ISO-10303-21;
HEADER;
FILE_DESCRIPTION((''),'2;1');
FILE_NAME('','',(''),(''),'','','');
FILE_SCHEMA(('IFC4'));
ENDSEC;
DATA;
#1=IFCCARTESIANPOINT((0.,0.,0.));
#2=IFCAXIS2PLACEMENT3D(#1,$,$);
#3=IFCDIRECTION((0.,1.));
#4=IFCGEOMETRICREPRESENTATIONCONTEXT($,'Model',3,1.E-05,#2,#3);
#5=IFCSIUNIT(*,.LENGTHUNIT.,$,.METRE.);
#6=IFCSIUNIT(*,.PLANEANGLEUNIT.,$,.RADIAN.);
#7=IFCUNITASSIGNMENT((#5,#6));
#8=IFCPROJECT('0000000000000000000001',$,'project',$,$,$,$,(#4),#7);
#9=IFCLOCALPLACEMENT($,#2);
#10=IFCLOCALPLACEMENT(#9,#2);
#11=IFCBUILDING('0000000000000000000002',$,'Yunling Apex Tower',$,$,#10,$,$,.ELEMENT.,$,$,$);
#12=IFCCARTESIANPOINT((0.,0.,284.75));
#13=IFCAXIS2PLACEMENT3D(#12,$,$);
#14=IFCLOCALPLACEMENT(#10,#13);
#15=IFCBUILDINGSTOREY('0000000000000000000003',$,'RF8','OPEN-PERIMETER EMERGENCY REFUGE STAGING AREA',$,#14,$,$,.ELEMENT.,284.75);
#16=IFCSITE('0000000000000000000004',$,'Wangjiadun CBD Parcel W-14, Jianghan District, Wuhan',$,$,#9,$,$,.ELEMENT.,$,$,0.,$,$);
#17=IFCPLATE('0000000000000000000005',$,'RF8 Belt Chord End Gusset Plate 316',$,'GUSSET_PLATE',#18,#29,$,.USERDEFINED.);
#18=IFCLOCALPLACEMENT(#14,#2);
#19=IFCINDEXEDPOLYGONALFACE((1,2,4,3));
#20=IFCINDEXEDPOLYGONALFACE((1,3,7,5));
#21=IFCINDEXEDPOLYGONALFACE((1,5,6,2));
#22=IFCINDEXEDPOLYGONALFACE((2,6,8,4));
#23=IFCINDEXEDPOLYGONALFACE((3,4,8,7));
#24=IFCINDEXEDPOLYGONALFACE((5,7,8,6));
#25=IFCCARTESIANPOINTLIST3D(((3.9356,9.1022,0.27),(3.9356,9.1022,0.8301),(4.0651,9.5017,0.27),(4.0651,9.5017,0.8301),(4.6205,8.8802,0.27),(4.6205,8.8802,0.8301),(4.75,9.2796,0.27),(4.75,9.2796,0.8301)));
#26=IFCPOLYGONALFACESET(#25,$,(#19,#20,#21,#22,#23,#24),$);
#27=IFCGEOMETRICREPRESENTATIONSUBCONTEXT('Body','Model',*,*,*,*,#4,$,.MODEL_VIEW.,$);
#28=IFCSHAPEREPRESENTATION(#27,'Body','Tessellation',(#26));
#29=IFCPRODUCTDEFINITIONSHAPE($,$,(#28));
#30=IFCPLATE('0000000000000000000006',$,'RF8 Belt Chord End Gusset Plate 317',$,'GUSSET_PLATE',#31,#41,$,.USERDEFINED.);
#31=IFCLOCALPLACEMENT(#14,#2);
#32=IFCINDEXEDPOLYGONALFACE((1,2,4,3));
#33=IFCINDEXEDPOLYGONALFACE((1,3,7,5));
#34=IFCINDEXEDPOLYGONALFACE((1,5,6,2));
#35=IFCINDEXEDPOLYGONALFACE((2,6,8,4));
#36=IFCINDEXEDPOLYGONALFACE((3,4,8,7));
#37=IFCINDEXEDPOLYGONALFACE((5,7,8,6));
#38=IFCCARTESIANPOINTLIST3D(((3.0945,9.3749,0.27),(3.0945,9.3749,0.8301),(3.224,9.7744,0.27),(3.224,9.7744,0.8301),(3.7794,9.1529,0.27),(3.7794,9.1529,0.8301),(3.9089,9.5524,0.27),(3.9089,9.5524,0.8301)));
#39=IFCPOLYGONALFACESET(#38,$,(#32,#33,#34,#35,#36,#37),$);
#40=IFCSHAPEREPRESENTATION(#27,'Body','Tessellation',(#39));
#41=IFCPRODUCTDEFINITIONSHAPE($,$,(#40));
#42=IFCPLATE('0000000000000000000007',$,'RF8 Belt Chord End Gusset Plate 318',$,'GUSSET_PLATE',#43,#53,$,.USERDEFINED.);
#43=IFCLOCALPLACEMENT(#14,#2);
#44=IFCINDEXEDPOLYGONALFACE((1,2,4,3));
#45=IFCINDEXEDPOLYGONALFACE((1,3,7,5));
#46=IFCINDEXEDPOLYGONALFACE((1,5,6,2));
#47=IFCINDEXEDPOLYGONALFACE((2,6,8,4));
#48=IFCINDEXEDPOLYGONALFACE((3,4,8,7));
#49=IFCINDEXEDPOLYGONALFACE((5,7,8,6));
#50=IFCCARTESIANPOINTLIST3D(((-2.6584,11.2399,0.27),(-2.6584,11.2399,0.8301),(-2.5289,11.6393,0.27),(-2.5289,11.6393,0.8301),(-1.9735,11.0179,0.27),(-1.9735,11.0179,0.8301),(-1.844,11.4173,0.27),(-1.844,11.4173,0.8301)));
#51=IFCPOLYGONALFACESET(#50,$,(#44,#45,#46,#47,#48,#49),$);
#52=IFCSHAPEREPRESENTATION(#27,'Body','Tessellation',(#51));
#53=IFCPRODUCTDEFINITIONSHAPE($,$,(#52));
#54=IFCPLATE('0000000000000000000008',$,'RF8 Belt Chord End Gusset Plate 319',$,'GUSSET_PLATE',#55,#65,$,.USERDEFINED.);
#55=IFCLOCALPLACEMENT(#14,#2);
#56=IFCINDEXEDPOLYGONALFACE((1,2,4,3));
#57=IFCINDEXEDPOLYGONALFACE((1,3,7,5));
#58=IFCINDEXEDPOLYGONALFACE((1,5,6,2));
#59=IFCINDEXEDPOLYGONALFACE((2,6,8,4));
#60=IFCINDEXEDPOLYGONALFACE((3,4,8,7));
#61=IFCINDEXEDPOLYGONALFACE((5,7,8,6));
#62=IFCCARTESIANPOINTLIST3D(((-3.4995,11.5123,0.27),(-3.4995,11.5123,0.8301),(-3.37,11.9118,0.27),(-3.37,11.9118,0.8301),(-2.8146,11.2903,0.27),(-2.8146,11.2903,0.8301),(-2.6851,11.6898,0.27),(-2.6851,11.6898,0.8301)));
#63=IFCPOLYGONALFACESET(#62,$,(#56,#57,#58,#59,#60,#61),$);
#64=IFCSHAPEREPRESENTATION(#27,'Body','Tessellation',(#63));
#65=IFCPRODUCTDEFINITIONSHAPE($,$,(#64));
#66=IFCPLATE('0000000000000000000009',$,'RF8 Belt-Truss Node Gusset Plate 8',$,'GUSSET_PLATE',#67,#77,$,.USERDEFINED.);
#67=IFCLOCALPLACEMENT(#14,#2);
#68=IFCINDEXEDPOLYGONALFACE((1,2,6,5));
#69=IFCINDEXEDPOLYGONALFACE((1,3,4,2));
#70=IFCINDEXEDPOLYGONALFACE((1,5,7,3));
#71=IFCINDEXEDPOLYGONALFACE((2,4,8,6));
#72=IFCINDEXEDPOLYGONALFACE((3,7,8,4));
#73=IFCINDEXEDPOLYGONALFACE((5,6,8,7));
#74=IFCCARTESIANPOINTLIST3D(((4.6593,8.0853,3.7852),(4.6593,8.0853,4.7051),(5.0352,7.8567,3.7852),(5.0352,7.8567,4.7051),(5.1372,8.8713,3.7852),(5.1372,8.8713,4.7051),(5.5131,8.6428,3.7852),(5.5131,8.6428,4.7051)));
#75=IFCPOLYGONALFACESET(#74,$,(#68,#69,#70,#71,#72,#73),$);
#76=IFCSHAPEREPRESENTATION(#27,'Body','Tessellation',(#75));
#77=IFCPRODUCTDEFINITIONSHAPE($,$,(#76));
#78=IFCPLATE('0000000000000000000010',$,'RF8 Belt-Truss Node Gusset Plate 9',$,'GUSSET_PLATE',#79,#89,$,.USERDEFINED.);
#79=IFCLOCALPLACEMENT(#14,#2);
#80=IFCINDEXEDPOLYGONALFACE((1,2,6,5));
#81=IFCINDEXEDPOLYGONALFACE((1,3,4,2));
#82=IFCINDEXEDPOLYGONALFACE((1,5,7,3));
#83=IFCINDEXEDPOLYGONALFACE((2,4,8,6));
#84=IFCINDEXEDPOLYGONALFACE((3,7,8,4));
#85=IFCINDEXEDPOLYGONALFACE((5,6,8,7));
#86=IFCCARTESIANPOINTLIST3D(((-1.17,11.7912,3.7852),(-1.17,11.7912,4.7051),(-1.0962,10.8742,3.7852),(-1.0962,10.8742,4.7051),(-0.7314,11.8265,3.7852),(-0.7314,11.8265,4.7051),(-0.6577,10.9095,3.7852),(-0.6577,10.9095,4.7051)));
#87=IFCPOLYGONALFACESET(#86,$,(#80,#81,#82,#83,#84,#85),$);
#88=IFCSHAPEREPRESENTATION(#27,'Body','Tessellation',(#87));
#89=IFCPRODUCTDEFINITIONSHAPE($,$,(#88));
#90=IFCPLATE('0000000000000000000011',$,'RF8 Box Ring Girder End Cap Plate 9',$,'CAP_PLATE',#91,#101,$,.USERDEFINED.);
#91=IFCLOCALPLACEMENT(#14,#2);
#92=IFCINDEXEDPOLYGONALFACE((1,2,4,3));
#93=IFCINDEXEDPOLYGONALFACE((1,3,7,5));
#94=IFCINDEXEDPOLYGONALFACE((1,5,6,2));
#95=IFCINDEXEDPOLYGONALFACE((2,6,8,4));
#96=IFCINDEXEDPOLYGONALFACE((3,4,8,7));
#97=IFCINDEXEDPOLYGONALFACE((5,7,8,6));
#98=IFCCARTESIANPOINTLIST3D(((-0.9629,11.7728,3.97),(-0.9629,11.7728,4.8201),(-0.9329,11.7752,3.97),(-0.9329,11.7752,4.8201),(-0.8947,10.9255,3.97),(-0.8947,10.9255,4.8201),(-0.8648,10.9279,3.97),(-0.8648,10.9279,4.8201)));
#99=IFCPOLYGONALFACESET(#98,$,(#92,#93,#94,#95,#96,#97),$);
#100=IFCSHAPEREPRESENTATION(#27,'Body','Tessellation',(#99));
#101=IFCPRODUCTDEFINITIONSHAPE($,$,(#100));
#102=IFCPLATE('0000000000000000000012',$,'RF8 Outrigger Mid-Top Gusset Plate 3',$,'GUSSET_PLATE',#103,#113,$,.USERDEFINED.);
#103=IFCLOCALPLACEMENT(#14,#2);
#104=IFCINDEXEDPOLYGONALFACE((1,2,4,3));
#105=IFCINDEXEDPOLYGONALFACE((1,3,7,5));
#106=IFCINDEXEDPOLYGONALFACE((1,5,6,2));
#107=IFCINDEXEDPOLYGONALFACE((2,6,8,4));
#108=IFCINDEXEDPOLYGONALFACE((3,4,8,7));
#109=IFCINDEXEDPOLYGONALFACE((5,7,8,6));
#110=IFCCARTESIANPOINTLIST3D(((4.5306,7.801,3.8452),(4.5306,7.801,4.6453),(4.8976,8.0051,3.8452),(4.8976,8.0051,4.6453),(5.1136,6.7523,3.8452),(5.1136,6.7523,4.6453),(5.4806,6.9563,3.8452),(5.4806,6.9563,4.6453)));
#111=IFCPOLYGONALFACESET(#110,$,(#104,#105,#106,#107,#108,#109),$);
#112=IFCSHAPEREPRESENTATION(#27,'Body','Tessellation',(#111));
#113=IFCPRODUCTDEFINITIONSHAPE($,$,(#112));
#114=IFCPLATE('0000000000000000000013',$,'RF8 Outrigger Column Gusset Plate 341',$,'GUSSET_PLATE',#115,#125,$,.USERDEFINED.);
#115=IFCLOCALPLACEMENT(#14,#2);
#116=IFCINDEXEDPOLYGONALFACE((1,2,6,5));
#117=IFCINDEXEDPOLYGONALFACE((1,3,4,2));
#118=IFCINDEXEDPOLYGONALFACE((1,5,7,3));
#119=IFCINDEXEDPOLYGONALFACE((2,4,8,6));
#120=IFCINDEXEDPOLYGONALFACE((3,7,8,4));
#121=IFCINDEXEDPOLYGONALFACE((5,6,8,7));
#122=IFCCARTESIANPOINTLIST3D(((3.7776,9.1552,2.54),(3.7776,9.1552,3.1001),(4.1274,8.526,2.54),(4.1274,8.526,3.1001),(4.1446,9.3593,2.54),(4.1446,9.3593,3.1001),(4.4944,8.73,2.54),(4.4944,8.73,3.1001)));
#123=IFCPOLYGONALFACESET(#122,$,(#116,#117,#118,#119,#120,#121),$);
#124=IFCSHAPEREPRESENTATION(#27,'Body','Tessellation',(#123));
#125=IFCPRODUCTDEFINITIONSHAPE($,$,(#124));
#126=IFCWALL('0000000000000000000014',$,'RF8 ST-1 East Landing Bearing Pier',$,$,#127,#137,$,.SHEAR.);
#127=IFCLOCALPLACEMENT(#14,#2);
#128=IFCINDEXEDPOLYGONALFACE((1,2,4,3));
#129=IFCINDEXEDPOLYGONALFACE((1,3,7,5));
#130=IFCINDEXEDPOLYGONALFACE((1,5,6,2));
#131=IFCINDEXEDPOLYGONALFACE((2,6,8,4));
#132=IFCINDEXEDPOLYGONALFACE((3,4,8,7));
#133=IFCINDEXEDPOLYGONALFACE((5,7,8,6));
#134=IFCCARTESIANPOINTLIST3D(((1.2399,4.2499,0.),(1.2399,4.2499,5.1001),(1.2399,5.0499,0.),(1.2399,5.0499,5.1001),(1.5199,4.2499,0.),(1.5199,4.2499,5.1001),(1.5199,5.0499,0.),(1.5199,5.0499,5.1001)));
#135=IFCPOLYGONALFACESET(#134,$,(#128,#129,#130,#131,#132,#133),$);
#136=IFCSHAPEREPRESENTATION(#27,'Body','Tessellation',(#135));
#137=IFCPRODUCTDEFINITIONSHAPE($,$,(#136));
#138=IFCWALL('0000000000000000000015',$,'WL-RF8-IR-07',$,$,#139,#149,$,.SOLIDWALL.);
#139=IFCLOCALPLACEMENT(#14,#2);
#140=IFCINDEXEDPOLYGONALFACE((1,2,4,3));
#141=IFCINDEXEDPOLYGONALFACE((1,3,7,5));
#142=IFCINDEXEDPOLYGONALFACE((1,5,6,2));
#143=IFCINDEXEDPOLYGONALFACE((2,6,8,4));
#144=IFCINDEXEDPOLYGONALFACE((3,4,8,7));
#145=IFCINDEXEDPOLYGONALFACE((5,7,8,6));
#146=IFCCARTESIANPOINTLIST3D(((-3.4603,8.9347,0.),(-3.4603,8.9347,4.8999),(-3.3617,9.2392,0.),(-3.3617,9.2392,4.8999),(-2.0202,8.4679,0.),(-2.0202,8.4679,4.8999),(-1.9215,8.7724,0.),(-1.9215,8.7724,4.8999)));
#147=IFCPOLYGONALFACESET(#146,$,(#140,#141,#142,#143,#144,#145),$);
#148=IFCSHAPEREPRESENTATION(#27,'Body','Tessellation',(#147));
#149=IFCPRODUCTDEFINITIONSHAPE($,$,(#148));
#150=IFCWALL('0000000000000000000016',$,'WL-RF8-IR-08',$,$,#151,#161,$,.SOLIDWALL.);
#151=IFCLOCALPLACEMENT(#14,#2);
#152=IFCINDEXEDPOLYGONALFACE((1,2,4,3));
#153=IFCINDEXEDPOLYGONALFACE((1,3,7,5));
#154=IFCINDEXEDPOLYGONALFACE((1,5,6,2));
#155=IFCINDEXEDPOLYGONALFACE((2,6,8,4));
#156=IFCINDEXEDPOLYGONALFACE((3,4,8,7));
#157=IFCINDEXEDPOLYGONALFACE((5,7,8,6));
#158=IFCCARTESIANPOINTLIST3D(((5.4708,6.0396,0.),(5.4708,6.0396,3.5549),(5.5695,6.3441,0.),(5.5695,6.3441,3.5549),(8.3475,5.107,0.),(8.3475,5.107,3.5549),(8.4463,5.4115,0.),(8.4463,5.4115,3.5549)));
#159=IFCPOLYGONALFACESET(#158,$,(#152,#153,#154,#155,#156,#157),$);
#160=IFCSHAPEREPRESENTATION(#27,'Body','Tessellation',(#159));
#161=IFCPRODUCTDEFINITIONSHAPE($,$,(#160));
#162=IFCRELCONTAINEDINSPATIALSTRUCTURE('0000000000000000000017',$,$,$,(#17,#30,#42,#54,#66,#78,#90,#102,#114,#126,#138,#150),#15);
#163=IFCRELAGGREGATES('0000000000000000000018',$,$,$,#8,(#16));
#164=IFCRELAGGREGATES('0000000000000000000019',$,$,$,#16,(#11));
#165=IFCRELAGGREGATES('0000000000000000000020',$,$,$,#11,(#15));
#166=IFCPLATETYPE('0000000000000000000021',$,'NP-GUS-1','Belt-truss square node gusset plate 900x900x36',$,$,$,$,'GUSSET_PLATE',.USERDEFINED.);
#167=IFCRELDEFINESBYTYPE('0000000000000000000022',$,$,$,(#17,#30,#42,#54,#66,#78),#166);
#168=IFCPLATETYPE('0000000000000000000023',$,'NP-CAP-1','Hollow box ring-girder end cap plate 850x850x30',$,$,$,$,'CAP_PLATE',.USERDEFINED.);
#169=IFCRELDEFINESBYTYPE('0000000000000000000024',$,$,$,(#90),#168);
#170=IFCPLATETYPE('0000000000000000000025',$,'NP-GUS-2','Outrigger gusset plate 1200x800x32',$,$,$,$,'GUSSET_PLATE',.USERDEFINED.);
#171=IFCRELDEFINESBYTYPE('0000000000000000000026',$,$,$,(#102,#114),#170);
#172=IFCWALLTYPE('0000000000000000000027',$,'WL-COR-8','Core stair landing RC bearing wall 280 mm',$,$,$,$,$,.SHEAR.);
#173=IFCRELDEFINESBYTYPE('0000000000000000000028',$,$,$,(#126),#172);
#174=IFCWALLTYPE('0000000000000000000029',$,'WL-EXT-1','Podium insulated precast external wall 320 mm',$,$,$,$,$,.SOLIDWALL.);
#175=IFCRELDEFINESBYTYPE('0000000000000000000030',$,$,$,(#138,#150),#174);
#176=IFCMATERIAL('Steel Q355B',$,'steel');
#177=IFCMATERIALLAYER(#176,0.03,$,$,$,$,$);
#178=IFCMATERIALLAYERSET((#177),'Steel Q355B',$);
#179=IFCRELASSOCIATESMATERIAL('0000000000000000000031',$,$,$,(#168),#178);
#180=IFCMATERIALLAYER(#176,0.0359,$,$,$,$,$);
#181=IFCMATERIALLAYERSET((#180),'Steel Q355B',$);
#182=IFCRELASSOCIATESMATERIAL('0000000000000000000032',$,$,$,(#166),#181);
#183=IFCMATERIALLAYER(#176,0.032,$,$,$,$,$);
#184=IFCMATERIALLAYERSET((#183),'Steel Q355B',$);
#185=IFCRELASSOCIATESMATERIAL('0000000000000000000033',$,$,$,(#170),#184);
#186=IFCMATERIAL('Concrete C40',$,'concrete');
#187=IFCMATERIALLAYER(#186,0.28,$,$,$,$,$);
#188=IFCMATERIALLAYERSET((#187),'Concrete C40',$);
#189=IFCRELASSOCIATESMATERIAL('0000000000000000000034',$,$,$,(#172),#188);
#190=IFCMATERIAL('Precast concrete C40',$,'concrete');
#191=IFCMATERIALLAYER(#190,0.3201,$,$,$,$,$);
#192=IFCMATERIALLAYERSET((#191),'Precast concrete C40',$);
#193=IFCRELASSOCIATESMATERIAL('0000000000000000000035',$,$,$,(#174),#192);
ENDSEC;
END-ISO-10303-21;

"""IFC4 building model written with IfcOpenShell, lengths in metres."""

from ifc_helpers import new_model, si_unit, direction, frame, frame_2d, origin, origin_2d, place, context, subcontext, project, spatial, rectangle, extrude, source, transform, mapped, material, layer, layer_set, type_object, element, save


model = new_model("IFC4")

# Units and contexts
model_context = context("Model", 3, precision=1e-05, world=origin(), true_north=direction((0.0, 1.0)))
body_context = subcontext(model_context, "Body", "Model", "MODEL_VIEW")
ifc_project = project(units=[si_unit("LENGTHUNIT", "METRE"), si_unit("PLANEANGLEUNIT", "RADIAN")], contexts=[model_context])

# Site, building, storey
site_placement = place(None, origin())
site = spatial("IfcSite", under=ifc_project, at=site_placement, Name="Wangjiadun CBD Parcel W-14, Jianghan District, Wuhan", CompositionType="ELEMENT", RefElevation=0.0)
building_placement = place(site_placement, origin())
building = spatial("IfcBuilding", under=site, at=building_placement, Name="Yunling Apex Tower", CompositionType="ELEMENT")
storey_placement = place(building_placement, frame((0.0, 0.0, 284.75)))
storey = spatial("IfcBuildingStorey", under=building, at=storey_placement, Name="RF8", Description="OPEN-PERIMETER EMERGENCY REFUGE STAGING AREA", CompositionType="ELEMENT", Elevation=284.75)

# Shared definitions
ifc_material_1 = material(Name="Steel Q355B", Category="steel")

# Plates
ifc_layer_1 = layer(ifc_material_1, 0.03)
ifc_layer_set_1 = layer_set([ifc_layer_1], Name="Steel Q355B")
plate_type_1 = type_object("IfcPlateType", Name="NP-CAP-1", Description="Hollow box ring-girder end cap plate 850x850x30", ElementType="CAP_PLATE", PredefinedType="USERDEFINED", material=ifc_layer_set_1)
ifc_layer_2 = layer(ifc_material_1, 0.0359)
ifc_layer_set_2 = layer_set([ifc_layer_2], Name="Steel Q355B")
plate_type_2 = type_object("IfcPlateType", Name="NP-GUS-1", Description="Belt-truss square node gusset plate 900x900x36", ElementType="GUSSET_PLATE", PredefinedType="USERDEFINED", material=ifc_layer_set_2)
shared_shape_1 = source(origin(), body_context, "Body", "SweptSolid", [
    extrude(rectangle(XDim=0.72, YDim=0.4199, at=origin_2d()), origin(), (0.0, 0.0, 1.0), 0.5601),
])
for number, where, z_axis, x_axis, name in (
    (1, (4.3428, 9.1909, 0.27), (0.0, 0.0, 1.0), (-0.951272, 0.308353, 0.0), "RF8 Belt Chord End Gusset Plate 316"),
    (2, (3.5017, 9.4636, 0.27), (0.0, 0.0, 1.0), (-0.951272, 0.308353, 0.0), "RF8 Belt Chord End Gusset Plate 317"),
    (3, (-2.2512, 11.3286, 0.27), (0.0, 0.0, 1.0), (-0.951272, 0.308353, 0.0), "RF8 Belt Chord End Gusset Plate 318"),
    (4, (-3.0923, 11.6011, 0.27), (0.0, 0.0, 1.0), (-0.951272, 0.308353, 0.0), "RF8 Belt Chord End Gusset Plate 319"),
):
    element("IfcPlate", number, at=place(storey_placement, frame(where, z_axis=z_axis, x_axis=x_axis)), inside=storey, type_object=plate_type_2, Name=name, ObjectType="GUSSET_PLATE", PredefinedType="USERDEFINED", context=body_context, shape_type="MappedRepresentation", body=[
        mapped(shared_shape_1, transform((0.0, 0.0, 0.0), scale=1.0)),
    ])
shared_shape_2 = source(origin(), body_context, "Body", "SweptSolid", [
    extrude(rectangle(XDim=0.9199, YDim=0.4399, at=origin_2d()), origin(), (0.0, 0.0, 1.0), 0.9199),
])
for number, where, z_axis, x_axis, name in (
    (5, (5.0862, 8.364, 3.7852), (0.0, 0.0, 1.0), (0.519519, 0.854459, 0.0), "RF8 Belt-Truss Node Gusset Plate 8"),
    (6, (-0.9138, 11.3503, 3.7852), (0.0, 0.0, 1.0), (-0.080199, 0.996779, 0.0), "RF8 Belt-Truss Node Gusset Plate 9"),
):
    element("IfcPlate", number, at=place(storey_placement, frame(where, z_axis=z_axis, x_axis=x_axis)), inside=storey, type_object=plate_type_2, Name=name, ObjectType="GUSSET_PLATE", PredefinedType="USERDEFINED", context=body_context, shape_type="MappedRepresentation", body=[
        mapped(shared_shape_2, transform((0.0, 0.0, 0.0), scale=1.0)),
    ])
shared_shape_3 = source(origin(), body_context, "Body", "SweptSolid", [
    extrude(rectangle(XDim=0.8501, YDim=0.03, at=origin_2d()), origin(), (0.0, 0.0, 1.0), 0.8501),
])
plate_1_placement = place(storey_placement, frame((-0.9138, 11.3503, 3.97), z_axis=(0.0, 0.0, 1.0), x_axis=(-0.080199, 0.996779, 0.0)))
element("IfcPlate", 7, at=plate_1_placement, inside=storey, type_object=plate_type_1, Name="RF8 Box Ring Girder End Cap Plate 9", ObjectType="CAP_PLATE", PredefinedType="USERDEFINED", context=body_context, shape_type="MappedRepresentation", body=[
    mapped(shared_shape_3, transform((0.0, 0.0, 0.0), scale=1.0)),
])
ifc_layer_3 = layer(ifc_material_1, 0.032)
ifc_layer_set_3 = layer_set([ifc_layer_3], Name="Steel Q355B")
plate_type_3 = type_object("IfcPlateType", Name="NP-GUS-2", Description="Outrigger gusset plate 1200x800x32", ElementType="GUSSET_PLATE", PredefinedType="USERDEFINED", material=ifc_layer_set_3)
shared_shape_4 = source(origin(), body_context, "Body", "SweptSolid", [
    extrude(rectangle(XDim=1.2, YDim=0.4199, at=origin_2d()), origin(), (0.0, 0.0, 1.0), 0.8),
])
plate_2_placement = place(storey_placement, frame((5.0056, 7.3787, 3.8452), z_axis=(0.0, 0.0, 1.0), x_axis=(-0.485878, 0.874027, 0.0)))
element("IfcPlate", 8, at=plate_2_placement, inside=storey, type_object=plate_type_3, Name="RF8 Outrigger Mid-Top Gusset Plate 3", ObjectType="GUSSET_PLATE", PredefinedType="USERDEFINED", context=body_context, shape_type="MappedRepresentation", body=[
    mapped(shared_shape_4, transform((0.0, 0.0, 0.0), scale=1.0)),
])
shared_shape_5 = source(origin(), body_context, "Body", "SweptSolid", [
    extrude(rectangle(XDim=0.72, YDim=0.4199, at=origin_2d()), origin(), (0.0, 0.0, 1.0), 0.5601),
])
plate_3_placement = place(storey_placement, frame((4.136, 8.9426, 2.54), z_axis=(0.0, 0.0, 1.0), x_axis=(-0.485878, 0.874027, 0.0)))
element("IfcPlate", 9, at=plate_3_placement, inside=storey, type_object=plate_type_3, Name="RF8 Outrigger Column Gusset Plate 341", ObjectType="GUSSET_PLATE", PredefinedType="USERDEFINED", context=body_context, shape_type="MappedRepresentation", body=[
    mapped(shared_shape_5, transform((0.0, 0.0, 0.0), scale=1.0)),
])

# Walls
ifc_material_2 = material(Name="Concrete C40", Category="concrete")
ifc_layer_4 = layer(ifc_material_2, 0.28)
ifc_layer_set_4 = layer_set([ifc_layer_4], Name="Concrete C40")
wall_type_1 = type_object("IfcWallType", Name="WL-COR-8", Description="Core stair landing RC bearing wall 280 mm", PredefinedType="SHEAR", material=ifc_layer_set_4)
wall_1_placement = place(storey_placement, frame((1.3799, 4.25, 0.0), z_axis=(0.0, 0.0, 1.0), x_axis=(0.0, 1.0, 0.0)))
element("IfcWall", 10, at=wall_1_placement, inside=storey, type_object=wall_type_1, Name="RF8 ST-1 East Landing Bearing Pier", PredefinedType="SHEAR", context=body_context, shape_type="SweptSolid", body=[
    extrude(rectangle(XDim=0.8, YDim=0.28, at=frame_2d((0.3999, 0.0))), origin(), (0.0, 0.0, 1.0), 5.1001),
])
ifc_material_3 = material(Name="Precast concrete C40", Category="concrete")
ifc_layer_5 = layer(ifc_material_3, 0.3201)
ifc_layer_set_5 = layer_set([ifc_layer_5], Name="Precast concrete C40")
wall_type_2 = type_object("IfcWallType", Name="WL-EXT-1", Description="Podium insulated precast external wall 320 mm", PredefinedType="SOLIDWALL", material=ifc_layer_set_5)
wall_2_placement = place(storey_placement, frame((-3.4109, 9.0869, 0.0), z_axis=(0.0, 0.0, 1.0), x_axis=(0.951279, -0.308331, 0.0)))
element("IfcWall", 11, at=wall_2_placement, inside=storey, type_object=wall_type_2, Name="WL-RF8-IR-07", PredefinedType="SOLIDWALL", context=body_context, shape_type="SweptSolid", body=[
    extrude(rectangle(XDim=1.5139, YDim=0.3201, at=frame_2d((0.7568, 0.0))), origin(), (0.0, 0.0, 1.0), 4.8999),
])
wall_3_placement = place(storey_placement, frame((5.52, 6.1919, 0.0), z_axis=(0.0, 0.0, 1.0), x_axis=(0.951259, -0.308394, 0.0)))
element("IfcWall", 12, at=wall_3_placement, inside=storey, type_object=wall_type_2, Name="WL-RF8-IR-08", PredefinedType="SOLIDWALL", context=body_context, shape_type="SweptSolid", body=[
    extrude(rectangle(XDim=3.0242, YDim=0.3201, at=frame_2d((1.5122, 0.0))), origin(), (0.0, 0.0, 1.0), 3.5549),
])

save(model, "model.ifc")
